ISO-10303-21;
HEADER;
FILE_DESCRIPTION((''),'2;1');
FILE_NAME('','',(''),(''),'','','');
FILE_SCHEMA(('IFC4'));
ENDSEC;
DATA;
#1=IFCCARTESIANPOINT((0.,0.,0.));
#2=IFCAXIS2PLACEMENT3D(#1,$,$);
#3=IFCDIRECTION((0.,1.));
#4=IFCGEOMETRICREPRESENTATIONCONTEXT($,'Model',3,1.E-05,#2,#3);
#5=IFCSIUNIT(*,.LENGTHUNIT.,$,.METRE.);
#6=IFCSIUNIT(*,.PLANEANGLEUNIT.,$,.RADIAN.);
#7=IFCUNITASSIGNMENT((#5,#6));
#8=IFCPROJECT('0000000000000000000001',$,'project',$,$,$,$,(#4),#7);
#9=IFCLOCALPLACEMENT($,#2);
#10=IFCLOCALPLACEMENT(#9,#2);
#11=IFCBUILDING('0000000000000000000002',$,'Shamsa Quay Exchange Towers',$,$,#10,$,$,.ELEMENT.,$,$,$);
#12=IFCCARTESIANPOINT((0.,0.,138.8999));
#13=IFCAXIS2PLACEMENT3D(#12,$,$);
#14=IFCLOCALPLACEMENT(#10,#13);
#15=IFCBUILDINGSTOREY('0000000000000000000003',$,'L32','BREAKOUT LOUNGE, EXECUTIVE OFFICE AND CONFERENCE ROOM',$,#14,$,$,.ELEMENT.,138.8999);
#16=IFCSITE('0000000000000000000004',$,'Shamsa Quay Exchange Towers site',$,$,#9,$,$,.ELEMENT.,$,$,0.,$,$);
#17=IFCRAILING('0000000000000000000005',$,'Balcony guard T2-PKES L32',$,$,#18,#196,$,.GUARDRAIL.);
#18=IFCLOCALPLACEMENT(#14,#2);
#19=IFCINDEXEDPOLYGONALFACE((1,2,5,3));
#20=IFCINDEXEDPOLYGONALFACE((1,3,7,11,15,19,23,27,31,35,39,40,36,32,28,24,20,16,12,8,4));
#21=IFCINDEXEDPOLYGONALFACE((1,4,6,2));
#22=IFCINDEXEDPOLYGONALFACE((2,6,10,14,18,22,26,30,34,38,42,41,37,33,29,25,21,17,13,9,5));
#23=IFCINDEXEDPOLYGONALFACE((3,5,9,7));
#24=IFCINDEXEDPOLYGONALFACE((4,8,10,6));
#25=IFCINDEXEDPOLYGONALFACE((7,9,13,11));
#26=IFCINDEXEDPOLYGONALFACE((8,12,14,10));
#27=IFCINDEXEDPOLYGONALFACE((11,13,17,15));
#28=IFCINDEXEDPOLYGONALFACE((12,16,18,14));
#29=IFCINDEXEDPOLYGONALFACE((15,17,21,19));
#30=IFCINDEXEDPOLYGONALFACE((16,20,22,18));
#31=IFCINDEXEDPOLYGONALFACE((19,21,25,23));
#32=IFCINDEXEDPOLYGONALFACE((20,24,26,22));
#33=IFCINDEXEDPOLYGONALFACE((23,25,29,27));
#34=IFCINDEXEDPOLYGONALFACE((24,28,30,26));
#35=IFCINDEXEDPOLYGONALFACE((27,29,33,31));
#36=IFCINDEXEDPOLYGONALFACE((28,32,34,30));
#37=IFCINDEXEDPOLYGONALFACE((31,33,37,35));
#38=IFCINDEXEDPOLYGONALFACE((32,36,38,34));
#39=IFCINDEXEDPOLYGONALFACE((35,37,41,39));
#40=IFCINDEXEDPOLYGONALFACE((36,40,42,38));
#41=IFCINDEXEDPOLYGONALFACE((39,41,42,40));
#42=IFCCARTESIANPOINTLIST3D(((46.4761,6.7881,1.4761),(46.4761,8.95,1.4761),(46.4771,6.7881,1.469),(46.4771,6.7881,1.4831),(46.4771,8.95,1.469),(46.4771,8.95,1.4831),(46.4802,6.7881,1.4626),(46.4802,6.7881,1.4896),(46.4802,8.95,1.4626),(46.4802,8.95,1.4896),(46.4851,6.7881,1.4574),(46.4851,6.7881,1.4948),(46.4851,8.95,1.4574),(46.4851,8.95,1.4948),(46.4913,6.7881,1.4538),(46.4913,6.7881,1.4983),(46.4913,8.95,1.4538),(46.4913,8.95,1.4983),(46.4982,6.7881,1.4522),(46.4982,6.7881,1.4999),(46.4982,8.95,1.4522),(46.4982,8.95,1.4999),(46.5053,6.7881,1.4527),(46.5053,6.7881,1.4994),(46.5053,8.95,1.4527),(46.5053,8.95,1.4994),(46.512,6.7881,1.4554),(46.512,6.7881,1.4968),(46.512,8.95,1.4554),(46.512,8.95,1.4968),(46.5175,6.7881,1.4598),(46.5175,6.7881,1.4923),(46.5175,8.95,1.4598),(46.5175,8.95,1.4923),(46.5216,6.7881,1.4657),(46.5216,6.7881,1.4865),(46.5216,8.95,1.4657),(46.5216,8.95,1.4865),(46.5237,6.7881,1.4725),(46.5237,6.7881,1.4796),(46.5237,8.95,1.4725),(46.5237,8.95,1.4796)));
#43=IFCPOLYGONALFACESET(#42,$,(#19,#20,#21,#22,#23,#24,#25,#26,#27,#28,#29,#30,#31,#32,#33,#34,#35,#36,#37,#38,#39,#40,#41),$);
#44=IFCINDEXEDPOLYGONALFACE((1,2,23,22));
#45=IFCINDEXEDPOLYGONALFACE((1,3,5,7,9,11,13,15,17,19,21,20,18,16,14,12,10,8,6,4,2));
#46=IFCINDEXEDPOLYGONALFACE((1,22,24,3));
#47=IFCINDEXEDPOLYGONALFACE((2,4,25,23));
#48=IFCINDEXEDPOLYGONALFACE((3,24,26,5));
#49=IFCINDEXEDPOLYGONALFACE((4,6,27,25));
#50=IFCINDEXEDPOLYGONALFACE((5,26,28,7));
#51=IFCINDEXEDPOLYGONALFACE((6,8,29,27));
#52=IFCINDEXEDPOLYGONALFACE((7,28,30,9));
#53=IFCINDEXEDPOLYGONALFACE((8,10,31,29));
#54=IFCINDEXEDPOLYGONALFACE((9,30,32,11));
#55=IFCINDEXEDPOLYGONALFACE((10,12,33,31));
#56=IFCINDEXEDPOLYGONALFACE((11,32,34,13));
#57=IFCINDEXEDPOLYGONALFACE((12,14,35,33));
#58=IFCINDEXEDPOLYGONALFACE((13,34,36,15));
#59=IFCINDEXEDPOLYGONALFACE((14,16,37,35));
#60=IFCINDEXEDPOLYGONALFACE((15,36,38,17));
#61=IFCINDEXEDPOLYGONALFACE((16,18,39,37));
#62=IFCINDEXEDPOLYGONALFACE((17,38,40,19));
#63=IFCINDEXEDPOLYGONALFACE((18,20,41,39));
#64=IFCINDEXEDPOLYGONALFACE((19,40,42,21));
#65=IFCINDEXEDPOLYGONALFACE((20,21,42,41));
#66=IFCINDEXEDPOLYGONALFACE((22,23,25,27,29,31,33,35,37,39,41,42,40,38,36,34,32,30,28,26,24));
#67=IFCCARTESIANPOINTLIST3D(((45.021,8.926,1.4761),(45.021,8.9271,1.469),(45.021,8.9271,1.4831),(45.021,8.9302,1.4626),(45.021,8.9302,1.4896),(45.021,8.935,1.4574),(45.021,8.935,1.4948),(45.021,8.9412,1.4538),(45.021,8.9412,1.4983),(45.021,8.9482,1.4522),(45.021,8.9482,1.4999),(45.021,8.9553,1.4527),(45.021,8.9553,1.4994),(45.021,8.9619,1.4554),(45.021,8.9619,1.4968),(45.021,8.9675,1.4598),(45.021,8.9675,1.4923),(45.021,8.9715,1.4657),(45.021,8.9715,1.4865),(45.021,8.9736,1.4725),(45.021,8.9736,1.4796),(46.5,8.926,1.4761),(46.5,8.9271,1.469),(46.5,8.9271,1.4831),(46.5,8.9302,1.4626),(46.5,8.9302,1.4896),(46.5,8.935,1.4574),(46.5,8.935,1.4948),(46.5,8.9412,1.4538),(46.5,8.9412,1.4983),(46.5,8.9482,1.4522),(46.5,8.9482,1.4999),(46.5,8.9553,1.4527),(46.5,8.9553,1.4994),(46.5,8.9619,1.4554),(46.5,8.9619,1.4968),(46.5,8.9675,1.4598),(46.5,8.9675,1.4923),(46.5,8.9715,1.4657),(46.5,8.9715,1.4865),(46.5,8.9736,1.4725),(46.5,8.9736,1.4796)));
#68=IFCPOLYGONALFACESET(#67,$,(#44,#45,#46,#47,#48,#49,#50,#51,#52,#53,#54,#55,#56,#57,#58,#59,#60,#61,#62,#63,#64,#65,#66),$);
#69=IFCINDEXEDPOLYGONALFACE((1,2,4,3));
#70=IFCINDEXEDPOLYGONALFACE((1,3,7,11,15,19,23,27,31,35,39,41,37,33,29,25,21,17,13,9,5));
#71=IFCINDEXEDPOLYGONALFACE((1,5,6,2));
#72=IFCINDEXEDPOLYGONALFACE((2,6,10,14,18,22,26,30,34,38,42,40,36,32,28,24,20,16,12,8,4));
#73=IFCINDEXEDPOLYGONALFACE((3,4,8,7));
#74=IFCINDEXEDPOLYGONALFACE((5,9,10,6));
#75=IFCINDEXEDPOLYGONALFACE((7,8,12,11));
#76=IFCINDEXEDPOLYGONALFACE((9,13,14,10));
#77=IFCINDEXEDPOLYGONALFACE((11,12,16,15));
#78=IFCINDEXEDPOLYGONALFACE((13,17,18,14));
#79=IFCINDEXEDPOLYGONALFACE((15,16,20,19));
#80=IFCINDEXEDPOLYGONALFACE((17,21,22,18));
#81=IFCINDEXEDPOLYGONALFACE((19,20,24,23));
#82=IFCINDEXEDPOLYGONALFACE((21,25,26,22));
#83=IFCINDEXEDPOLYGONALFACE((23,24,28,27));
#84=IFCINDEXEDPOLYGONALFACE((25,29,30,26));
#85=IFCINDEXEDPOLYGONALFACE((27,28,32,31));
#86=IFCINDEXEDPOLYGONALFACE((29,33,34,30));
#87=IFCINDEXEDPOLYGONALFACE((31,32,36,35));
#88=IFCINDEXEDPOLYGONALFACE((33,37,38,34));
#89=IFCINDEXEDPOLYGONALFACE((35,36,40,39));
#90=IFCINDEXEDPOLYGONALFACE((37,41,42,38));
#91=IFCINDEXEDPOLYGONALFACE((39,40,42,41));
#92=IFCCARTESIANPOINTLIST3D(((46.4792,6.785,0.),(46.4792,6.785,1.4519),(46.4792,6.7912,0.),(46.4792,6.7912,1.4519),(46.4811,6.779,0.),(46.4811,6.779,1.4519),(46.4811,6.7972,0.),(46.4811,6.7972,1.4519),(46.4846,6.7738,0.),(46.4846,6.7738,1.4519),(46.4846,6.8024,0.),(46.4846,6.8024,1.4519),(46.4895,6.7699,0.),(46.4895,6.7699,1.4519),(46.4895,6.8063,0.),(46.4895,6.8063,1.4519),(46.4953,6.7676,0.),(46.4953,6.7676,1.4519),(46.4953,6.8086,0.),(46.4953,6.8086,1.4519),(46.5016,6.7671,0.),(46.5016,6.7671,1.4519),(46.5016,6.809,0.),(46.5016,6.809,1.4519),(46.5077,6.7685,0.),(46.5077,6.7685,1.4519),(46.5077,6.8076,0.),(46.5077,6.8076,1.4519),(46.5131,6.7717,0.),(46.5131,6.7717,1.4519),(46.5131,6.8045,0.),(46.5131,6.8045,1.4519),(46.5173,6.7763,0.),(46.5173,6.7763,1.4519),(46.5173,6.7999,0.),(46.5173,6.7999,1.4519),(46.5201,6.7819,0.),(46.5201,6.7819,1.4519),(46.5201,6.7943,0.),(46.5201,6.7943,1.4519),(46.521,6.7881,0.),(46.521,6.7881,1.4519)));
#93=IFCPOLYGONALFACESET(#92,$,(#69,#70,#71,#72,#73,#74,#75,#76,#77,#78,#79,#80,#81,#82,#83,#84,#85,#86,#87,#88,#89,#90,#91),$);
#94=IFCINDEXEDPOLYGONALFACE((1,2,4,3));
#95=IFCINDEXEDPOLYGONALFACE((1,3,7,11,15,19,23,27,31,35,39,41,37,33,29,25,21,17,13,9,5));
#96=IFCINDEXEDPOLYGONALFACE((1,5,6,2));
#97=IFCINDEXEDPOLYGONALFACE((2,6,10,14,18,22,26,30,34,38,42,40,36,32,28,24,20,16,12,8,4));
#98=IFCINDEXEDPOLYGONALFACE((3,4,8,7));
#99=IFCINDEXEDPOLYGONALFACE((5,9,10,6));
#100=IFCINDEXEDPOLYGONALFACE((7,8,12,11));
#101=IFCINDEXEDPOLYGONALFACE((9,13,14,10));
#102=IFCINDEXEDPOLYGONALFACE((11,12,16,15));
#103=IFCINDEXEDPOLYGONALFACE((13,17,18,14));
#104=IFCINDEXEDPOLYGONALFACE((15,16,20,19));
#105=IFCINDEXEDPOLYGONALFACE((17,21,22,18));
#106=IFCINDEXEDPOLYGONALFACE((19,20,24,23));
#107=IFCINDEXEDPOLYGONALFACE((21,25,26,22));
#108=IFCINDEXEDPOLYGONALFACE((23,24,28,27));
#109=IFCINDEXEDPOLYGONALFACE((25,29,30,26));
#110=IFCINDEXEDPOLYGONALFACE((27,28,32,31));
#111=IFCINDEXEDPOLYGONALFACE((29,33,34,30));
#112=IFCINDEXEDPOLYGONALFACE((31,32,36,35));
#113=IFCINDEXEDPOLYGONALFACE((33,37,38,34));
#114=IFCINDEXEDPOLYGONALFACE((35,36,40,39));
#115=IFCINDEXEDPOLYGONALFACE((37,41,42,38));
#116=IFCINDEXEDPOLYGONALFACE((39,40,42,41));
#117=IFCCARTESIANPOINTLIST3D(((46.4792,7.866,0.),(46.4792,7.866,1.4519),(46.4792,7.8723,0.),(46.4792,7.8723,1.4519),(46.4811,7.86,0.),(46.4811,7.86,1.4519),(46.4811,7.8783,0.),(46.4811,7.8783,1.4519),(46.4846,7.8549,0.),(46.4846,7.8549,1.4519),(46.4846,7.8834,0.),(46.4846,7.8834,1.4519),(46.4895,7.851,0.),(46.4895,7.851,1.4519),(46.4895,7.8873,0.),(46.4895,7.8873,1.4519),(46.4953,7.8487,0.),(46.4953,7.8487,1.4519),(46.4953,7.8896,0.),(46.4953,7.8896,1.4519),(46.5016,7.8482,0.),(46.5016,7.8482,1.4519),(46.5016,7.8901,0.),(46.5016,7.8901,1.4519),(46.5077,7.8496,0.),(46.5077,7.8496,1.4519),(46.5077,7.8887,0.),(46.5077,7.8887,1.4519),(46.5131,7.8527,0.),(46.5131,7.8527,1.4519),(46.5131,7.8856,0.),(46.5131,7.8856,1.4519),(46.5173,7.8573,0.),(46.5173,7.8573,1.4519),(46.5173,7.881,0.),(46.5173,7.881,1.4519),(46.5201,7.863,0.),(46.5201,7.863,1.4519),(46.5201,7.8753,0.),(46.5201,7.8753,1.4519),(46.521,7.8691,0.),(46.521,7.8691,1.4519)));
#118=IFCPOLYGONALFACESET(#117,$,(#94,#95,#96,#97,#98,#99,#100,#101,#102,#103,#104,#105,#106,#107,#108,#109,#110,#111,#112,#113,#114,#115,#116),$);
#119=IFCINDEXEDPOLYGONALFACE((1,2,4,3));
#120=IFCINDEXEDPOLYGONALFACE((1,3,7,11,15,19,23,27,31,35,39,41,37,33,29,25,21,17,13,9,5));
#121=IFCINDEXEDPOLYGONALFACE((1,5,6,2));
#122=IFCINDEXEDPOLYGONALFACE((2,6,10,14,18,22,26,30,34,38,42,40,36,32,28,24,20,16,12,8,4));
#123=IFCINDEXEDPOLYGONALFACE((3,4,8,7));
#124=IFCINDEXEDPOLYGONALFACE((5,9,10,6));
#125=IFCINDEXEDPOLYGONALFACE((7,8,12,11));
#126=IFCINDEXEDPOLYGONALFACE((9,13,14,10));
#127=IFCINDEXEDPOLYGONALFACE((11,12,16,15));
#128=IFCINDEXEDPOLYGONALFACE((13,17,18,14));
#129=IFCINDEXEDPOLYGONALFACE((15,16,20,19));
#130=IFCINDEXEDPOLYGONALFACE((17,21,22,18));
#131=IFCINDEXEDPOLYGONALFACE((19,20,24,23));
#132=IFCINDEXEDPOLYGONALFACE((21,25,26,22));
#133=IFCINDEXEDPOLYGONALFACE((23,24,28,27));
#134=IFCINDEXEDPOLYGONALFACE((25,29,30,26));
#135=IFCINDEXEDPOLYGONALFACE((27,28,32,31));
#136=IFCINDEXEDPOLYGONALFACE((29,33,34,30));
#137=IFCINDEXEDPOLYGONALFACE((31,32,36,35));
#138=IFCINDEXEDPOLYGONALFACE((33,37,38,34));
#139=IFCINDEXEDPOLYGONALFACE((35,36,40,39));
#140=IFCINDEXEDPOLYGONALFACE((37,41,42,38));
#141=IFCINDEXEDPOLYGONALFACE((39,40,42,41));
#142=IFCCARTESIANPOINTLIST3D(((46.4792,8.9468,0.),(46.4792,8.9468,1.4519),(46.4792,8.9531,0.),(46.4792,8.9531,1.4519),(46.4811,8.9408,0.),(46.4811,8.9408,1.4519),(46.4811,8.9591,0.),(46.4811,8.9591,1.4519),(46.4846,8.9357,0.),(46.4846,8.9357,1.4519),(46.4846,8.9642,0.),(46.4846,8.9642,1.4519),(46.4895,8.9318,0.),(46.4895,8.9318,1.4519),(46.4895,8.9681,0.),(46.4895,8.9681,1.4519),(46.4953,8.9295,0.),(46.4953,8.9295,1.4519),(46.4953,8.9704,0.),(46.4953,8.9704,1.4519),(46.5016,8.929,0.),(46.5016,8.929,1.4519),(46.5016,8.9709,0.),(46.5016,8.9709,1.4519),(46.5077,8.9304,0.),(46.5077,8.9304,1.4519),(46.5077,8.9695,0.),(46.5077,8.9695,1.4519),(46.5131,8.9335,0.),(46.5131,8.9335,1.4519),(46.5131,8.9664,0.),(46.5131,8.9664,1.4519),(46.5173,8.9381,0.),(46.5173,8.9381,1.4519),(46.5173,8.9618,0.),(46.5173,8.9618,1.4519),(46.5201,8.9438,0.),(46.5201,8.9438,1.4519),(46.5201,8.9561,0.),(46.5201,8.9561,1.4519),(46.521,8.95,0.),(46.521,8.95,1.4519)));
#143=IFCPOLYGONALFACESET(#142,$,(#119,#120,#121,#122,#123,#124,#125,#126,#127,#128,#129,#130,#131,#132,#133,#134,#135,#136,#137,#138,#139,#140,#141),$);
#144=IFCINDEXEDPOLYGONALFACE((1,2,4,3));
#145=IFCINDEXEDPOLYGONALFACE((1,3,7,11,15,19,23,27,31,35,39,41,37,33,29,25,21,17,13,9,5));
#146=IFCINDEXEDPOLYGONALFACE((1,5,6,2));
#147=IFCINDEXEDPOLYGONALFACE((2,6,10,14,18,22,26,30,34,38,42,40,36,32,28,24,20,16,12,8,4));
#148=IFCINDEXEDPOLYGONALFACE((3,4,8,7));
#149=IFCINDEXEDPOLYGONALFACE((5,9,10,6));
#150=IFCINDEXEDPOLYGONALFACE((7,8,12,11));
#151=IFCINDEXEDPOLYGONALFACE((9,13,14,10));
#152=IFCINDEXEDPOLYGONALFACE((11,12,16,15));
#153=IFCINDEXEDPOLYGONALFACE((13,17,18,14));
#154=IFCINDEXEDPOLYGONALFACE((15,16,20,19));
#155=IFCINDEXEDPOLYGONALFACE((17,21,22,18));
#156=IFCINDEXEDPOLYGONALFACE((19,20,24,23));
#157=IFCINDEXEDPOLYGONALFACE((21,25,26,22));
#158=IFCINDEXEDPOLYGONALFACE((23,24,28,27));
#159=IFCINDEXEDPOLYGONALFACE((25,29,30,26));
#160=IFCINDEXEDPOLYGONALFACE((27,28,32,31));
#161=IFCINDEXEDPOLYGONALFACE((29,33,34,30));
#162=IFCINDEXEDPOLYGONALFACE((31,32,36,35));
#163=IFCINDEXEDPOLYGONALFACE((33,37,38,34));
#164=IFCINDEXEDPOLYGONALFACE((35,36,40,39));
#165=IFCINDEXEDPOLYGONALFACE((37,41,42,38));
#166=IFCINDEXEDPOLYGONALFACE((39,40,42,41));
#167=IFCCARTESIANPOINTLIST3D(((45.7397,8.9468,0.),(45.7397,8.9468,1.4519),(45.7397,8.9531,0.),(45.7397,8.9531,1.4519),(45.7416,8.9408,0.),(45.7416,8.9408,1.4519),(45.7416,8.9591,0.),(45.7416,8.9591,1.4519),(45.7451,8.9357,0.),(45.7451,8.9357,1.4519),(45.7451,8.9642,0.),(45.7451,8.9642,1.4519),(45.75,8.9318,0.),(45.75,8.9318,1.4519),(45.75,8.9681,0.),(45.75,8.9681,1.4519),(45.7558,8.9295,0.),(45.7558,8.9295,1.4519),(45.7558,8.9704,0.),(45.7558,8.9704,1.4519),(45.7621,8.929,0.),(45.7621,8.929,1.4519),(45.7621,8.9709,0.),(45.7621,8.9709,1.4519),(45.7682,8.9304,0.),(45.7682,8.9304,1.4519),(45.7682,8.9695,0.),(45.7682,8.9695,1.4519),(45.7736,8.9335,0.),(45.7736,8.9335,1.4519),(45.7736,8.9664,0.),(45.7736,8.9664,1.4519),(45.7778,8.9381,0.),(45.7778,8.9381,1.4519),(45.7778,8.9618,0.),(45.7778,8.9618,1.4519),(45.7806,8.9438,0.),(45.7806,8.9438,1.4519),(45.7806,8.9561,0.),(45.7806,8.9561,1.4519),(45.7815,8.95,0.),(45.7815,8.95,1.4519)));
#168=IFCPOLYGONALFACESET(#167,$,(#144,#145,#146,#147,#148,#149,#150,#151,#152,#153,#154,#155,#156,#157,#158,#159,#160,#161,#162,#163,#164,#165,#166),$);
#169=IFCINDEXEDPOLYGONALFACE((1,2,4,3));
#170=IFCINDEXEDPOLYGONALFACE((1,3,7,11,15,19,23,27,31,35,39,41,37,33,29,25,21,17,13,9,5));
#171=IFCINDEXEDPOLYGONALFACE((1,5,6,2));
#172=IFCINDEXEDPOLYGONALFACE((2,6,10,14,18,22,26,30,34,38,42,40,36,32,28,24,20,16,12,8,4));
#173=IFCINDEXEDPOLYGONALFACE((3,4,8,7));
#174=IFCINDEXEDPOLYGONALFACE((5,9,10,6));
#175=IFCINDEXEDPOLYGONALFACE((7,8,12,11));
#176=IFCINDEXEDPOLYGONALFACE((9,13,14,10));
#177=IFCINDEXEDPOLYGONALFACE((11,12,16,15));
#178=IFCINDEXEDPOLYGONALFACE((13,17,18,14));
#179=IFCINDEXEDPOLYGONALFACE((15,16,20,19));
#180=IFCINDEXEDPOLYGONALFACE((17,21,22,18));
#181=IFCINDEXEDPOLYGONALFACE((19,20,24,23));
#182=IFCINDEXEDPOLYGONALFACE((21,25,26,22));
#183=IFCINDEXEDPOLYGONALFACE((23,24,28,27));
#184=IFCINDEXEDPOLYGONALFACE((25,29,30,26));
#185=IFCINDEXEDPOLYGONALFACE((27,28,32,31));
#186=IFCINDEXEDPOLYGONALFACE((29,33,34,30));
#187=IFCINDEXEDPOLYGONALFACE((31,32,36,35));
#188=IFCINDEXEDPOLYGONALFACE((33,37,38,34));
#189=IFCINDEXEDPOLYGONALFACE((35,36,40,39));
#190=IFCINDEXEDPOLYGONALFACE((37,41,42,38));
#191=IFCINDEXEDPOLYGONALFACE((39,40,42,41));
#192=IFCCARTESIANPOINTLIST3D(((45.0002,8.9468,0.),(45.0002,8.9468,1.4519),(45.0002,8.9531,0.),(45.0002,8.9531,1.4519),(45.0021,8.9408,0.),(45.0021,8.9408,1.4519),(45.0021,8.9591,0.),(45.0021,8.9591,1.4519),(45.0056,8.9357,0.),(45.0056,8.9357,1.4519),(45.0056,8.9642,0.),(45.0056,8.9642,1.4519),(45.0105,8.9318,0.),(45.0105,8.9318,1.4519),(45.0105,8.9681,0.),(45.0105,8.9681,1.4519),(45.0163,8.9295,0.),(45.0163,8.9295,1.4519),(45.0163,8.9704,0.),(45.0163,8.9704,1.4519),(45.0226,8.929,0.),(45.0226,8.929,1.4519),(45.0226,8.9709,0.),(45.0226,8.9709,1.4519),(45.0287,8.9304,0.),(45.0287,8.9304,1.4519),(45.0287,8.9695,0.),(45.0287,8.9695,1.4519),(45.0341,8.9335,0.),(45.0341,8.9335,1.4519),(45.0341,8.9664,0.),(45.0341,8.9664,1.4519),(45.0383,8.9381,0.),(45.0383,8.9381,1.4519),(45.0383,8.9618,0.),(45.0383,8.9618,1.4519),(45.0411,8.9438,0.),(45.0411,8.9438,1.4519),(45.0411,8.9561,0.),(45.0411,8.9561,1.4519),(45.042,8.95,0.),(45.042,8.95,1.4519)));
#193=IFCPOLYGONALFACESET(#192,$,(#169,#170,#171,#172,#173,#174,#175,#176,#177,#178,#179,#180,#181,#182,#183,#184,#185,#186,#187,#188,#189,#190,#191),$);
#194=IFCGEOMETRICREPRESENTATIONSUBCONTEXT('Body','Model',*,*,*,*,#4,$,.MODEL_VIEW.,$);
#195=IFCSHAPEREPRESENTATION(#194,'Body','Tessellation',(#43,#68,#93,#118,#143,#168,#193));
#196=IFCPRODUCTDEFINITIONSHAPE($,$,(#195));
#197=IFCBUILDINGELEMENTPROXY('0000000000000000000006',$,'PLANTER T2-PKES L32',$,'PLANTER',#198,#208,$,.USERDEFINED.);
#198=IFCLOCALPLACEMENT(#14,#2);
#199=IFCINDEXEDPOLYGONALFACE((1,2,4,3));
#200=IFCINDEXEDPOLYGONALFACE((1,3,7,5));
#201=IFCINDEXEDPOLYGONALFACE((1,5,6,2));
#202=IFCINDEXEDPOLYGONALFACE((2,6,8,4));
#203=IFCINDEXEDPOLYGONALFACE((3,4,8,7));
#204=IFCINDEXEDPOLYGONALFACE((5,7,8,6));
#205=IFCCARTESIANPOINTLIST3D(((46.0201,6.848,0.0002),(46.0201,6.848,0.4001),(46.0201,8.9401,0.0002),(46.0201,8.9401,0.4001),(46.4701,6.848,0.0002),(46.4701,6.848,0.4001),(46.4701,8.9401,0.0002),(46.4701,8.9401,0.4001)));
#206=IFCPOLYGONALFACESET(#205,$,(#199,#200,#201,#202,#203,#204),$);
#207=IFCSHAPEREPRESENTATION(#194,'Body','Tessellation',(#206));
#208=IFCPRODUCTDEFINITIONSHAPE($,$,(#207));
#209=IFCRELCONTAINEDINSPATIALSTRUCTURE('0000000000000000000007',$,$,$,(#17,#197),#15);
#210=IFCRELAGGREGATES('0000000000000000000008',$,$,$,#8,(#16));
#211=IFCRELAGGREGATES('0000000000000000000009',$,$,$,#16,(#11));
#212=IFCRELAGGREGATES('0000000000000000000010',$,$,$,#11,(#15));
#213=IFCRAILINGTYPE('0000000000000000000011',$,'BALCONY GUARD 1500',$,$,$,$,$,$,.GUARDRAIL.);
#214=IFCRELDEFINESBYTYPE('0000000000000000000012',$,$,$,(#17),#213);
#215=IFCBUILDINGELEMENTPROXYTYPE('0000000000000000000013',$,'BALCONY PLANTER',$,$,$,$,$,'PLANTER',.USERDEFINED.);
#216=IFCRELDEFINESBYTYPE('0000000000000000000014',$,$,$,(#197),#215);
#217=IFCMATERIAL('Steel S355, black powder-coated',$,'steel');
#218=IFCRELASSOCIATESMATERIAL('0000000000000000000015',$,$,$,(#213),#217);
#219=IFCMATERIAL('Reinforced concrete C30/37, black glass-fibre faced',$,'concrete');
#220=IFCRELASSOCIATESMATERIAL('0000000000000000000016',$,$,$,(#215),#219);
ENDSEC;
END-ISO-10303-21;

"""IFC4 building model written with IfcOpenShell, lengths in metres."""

from ifc_helpers import new_model, si_unit, direction, frame, origin, origin_2d, place, context, subcontext, project, spatial, rectangle, circle, extrude, material, type_object, element, save


model = new_model("IFC4")

# Units and contexts
model_context = context("Model", 3, precision=1e-05, world=origin(), true_north=direction((0.0, 1.0)))
body_context = subcontext(model_context, "Body", "Model", "MODEL_VIEW")
ifc_project = project(units=[si_unit("LENGTHUNIT", "METRE"), si_unit("PLANEANGLEUNIT", "RADIAN")], contexts=[model_context])

# Site, building, storey
site_placement = place(None, origin())
site = spatial("IfcSite", under=ifc_project, at=site_placement, Name="Shamsa Quay Exchange Towers site", CompositionType="ELEMENT", RefElevation=0.0)
building_placement = place(site_placement, origin())
building = spatial("IfcBuilding", under=site, at=building_placement, Name="Shamsa Quay Exchange Towers", CompositionType="ELEMENT")
storey_placement = place(building_placement, frame((0.0, 0.0, 138.8999)))
storey = spatial("IfcBuildingStorey", under=building, at=storey_placement, Name="L32", Description="BREAKOUT LOUNGE, EXECUTIVE OFFICE AND CONFERENCE ROOM", CompositionType="ELEMENT", Elevation=138.8999)

# Railing
ifc_material_1 = material(Name="Steel S355, black powder-coated", Category="steel")
railing_type_1 = type_object("IfcRailingType", Name="BALCONY GUARD 1500", PredefinedType="GUARDRAIL", material=ifc_material_1)
for number, where, name in (
    (1, (46.5, 6.7881, 0.0), "Balcony guard T2-PKES L32"),
):
    element("IfcRailing", number, at=place(storey_placement, frame(where)), inside=storey, type_object=railing_type_1, Name=name, PredefinedType="GUARDRAIL", context=body_context, shape_type="SweptSolid", body=[
        extrude(circle(Radius=0.0239, at=origin_2d()), frame((0.0, 0.0, 1.4761), z_axis=(0.0, 1.0, 0.0), x_axis=(-1.0, 0.0, 0.0)), (0.0, 0.0, 1.0), 2.1619),
        extrude(circle(Radius=0.0239, at=origin_2d()), frame((0.0, 2.1619, 1.4761), z_axis=(-1.0, 0.0, 0.0), x_axis=(0.0, -1.0, 0.0)), (0.0, 0.0, 1.0), 1.479),
        extrude(circle(Radius=0.021, at=origin_2d()), origin(), (0.0, 0.0, 1.0), 1.4519),
        extrude(circle(Radius=0.021, at=origin_2d()), frame((0.0, 1.0811, 0.0)), (0.0, 0.0, 1.0), 1.4519),
        extrude(circle(Radius=0.021, at=origin_2d()), frame((0.0, 2.1619, 0.0)), (0.0, 0.0, 1.0), 1.4519),
        extrude(circle(Radius=0.021, at=origin_2d()), frame((-0.7395, 2.1619, 0.0)), (0.0, 0.0, 1.0), 1.4519),
        extrude(circle(Radius=0.021, at=origin_2d()), frame((-1.479, 2.1619, 0.0)), (0.0, 0.0, 1.0), 1.4519),
    ])

# Building element proxy
ifc_material_2 = material(Name="Reinforced concrete C30/37, black glass-fibre faced", Category="concrete")
building_element_proxy_type = type_object("IfcBuildingElementProxyType", Name="BALCONY PLANTER", ElementType="PLANTER", PredefinedType="USERDEFINED", material=ifc_material_2)
proxy_placement = place(storey_placement, frame((46.2451, 7.894, 0.0002), z_axis=(0.0, 0.0, 1.0), x_axis=(0.0, 1.0, 0.0)))
element("IfcBuildingElementProxy", 2, at=proxy_placement, inside=storey, type_object=building_element_proxy_type, Name="PLANTER T2-PKES L32", ObjectType="PLANTER", PredefinedType="USERDEFINED", context=body_context, shape_type="SweptSolid", body=[
    extrude(rectangle(XDim=2.092, YDim=0.45, at=origin_2d()), origin(), (0.0, 0.0, 1.0), 0.3999),
])

save(model, "model.ifc")
